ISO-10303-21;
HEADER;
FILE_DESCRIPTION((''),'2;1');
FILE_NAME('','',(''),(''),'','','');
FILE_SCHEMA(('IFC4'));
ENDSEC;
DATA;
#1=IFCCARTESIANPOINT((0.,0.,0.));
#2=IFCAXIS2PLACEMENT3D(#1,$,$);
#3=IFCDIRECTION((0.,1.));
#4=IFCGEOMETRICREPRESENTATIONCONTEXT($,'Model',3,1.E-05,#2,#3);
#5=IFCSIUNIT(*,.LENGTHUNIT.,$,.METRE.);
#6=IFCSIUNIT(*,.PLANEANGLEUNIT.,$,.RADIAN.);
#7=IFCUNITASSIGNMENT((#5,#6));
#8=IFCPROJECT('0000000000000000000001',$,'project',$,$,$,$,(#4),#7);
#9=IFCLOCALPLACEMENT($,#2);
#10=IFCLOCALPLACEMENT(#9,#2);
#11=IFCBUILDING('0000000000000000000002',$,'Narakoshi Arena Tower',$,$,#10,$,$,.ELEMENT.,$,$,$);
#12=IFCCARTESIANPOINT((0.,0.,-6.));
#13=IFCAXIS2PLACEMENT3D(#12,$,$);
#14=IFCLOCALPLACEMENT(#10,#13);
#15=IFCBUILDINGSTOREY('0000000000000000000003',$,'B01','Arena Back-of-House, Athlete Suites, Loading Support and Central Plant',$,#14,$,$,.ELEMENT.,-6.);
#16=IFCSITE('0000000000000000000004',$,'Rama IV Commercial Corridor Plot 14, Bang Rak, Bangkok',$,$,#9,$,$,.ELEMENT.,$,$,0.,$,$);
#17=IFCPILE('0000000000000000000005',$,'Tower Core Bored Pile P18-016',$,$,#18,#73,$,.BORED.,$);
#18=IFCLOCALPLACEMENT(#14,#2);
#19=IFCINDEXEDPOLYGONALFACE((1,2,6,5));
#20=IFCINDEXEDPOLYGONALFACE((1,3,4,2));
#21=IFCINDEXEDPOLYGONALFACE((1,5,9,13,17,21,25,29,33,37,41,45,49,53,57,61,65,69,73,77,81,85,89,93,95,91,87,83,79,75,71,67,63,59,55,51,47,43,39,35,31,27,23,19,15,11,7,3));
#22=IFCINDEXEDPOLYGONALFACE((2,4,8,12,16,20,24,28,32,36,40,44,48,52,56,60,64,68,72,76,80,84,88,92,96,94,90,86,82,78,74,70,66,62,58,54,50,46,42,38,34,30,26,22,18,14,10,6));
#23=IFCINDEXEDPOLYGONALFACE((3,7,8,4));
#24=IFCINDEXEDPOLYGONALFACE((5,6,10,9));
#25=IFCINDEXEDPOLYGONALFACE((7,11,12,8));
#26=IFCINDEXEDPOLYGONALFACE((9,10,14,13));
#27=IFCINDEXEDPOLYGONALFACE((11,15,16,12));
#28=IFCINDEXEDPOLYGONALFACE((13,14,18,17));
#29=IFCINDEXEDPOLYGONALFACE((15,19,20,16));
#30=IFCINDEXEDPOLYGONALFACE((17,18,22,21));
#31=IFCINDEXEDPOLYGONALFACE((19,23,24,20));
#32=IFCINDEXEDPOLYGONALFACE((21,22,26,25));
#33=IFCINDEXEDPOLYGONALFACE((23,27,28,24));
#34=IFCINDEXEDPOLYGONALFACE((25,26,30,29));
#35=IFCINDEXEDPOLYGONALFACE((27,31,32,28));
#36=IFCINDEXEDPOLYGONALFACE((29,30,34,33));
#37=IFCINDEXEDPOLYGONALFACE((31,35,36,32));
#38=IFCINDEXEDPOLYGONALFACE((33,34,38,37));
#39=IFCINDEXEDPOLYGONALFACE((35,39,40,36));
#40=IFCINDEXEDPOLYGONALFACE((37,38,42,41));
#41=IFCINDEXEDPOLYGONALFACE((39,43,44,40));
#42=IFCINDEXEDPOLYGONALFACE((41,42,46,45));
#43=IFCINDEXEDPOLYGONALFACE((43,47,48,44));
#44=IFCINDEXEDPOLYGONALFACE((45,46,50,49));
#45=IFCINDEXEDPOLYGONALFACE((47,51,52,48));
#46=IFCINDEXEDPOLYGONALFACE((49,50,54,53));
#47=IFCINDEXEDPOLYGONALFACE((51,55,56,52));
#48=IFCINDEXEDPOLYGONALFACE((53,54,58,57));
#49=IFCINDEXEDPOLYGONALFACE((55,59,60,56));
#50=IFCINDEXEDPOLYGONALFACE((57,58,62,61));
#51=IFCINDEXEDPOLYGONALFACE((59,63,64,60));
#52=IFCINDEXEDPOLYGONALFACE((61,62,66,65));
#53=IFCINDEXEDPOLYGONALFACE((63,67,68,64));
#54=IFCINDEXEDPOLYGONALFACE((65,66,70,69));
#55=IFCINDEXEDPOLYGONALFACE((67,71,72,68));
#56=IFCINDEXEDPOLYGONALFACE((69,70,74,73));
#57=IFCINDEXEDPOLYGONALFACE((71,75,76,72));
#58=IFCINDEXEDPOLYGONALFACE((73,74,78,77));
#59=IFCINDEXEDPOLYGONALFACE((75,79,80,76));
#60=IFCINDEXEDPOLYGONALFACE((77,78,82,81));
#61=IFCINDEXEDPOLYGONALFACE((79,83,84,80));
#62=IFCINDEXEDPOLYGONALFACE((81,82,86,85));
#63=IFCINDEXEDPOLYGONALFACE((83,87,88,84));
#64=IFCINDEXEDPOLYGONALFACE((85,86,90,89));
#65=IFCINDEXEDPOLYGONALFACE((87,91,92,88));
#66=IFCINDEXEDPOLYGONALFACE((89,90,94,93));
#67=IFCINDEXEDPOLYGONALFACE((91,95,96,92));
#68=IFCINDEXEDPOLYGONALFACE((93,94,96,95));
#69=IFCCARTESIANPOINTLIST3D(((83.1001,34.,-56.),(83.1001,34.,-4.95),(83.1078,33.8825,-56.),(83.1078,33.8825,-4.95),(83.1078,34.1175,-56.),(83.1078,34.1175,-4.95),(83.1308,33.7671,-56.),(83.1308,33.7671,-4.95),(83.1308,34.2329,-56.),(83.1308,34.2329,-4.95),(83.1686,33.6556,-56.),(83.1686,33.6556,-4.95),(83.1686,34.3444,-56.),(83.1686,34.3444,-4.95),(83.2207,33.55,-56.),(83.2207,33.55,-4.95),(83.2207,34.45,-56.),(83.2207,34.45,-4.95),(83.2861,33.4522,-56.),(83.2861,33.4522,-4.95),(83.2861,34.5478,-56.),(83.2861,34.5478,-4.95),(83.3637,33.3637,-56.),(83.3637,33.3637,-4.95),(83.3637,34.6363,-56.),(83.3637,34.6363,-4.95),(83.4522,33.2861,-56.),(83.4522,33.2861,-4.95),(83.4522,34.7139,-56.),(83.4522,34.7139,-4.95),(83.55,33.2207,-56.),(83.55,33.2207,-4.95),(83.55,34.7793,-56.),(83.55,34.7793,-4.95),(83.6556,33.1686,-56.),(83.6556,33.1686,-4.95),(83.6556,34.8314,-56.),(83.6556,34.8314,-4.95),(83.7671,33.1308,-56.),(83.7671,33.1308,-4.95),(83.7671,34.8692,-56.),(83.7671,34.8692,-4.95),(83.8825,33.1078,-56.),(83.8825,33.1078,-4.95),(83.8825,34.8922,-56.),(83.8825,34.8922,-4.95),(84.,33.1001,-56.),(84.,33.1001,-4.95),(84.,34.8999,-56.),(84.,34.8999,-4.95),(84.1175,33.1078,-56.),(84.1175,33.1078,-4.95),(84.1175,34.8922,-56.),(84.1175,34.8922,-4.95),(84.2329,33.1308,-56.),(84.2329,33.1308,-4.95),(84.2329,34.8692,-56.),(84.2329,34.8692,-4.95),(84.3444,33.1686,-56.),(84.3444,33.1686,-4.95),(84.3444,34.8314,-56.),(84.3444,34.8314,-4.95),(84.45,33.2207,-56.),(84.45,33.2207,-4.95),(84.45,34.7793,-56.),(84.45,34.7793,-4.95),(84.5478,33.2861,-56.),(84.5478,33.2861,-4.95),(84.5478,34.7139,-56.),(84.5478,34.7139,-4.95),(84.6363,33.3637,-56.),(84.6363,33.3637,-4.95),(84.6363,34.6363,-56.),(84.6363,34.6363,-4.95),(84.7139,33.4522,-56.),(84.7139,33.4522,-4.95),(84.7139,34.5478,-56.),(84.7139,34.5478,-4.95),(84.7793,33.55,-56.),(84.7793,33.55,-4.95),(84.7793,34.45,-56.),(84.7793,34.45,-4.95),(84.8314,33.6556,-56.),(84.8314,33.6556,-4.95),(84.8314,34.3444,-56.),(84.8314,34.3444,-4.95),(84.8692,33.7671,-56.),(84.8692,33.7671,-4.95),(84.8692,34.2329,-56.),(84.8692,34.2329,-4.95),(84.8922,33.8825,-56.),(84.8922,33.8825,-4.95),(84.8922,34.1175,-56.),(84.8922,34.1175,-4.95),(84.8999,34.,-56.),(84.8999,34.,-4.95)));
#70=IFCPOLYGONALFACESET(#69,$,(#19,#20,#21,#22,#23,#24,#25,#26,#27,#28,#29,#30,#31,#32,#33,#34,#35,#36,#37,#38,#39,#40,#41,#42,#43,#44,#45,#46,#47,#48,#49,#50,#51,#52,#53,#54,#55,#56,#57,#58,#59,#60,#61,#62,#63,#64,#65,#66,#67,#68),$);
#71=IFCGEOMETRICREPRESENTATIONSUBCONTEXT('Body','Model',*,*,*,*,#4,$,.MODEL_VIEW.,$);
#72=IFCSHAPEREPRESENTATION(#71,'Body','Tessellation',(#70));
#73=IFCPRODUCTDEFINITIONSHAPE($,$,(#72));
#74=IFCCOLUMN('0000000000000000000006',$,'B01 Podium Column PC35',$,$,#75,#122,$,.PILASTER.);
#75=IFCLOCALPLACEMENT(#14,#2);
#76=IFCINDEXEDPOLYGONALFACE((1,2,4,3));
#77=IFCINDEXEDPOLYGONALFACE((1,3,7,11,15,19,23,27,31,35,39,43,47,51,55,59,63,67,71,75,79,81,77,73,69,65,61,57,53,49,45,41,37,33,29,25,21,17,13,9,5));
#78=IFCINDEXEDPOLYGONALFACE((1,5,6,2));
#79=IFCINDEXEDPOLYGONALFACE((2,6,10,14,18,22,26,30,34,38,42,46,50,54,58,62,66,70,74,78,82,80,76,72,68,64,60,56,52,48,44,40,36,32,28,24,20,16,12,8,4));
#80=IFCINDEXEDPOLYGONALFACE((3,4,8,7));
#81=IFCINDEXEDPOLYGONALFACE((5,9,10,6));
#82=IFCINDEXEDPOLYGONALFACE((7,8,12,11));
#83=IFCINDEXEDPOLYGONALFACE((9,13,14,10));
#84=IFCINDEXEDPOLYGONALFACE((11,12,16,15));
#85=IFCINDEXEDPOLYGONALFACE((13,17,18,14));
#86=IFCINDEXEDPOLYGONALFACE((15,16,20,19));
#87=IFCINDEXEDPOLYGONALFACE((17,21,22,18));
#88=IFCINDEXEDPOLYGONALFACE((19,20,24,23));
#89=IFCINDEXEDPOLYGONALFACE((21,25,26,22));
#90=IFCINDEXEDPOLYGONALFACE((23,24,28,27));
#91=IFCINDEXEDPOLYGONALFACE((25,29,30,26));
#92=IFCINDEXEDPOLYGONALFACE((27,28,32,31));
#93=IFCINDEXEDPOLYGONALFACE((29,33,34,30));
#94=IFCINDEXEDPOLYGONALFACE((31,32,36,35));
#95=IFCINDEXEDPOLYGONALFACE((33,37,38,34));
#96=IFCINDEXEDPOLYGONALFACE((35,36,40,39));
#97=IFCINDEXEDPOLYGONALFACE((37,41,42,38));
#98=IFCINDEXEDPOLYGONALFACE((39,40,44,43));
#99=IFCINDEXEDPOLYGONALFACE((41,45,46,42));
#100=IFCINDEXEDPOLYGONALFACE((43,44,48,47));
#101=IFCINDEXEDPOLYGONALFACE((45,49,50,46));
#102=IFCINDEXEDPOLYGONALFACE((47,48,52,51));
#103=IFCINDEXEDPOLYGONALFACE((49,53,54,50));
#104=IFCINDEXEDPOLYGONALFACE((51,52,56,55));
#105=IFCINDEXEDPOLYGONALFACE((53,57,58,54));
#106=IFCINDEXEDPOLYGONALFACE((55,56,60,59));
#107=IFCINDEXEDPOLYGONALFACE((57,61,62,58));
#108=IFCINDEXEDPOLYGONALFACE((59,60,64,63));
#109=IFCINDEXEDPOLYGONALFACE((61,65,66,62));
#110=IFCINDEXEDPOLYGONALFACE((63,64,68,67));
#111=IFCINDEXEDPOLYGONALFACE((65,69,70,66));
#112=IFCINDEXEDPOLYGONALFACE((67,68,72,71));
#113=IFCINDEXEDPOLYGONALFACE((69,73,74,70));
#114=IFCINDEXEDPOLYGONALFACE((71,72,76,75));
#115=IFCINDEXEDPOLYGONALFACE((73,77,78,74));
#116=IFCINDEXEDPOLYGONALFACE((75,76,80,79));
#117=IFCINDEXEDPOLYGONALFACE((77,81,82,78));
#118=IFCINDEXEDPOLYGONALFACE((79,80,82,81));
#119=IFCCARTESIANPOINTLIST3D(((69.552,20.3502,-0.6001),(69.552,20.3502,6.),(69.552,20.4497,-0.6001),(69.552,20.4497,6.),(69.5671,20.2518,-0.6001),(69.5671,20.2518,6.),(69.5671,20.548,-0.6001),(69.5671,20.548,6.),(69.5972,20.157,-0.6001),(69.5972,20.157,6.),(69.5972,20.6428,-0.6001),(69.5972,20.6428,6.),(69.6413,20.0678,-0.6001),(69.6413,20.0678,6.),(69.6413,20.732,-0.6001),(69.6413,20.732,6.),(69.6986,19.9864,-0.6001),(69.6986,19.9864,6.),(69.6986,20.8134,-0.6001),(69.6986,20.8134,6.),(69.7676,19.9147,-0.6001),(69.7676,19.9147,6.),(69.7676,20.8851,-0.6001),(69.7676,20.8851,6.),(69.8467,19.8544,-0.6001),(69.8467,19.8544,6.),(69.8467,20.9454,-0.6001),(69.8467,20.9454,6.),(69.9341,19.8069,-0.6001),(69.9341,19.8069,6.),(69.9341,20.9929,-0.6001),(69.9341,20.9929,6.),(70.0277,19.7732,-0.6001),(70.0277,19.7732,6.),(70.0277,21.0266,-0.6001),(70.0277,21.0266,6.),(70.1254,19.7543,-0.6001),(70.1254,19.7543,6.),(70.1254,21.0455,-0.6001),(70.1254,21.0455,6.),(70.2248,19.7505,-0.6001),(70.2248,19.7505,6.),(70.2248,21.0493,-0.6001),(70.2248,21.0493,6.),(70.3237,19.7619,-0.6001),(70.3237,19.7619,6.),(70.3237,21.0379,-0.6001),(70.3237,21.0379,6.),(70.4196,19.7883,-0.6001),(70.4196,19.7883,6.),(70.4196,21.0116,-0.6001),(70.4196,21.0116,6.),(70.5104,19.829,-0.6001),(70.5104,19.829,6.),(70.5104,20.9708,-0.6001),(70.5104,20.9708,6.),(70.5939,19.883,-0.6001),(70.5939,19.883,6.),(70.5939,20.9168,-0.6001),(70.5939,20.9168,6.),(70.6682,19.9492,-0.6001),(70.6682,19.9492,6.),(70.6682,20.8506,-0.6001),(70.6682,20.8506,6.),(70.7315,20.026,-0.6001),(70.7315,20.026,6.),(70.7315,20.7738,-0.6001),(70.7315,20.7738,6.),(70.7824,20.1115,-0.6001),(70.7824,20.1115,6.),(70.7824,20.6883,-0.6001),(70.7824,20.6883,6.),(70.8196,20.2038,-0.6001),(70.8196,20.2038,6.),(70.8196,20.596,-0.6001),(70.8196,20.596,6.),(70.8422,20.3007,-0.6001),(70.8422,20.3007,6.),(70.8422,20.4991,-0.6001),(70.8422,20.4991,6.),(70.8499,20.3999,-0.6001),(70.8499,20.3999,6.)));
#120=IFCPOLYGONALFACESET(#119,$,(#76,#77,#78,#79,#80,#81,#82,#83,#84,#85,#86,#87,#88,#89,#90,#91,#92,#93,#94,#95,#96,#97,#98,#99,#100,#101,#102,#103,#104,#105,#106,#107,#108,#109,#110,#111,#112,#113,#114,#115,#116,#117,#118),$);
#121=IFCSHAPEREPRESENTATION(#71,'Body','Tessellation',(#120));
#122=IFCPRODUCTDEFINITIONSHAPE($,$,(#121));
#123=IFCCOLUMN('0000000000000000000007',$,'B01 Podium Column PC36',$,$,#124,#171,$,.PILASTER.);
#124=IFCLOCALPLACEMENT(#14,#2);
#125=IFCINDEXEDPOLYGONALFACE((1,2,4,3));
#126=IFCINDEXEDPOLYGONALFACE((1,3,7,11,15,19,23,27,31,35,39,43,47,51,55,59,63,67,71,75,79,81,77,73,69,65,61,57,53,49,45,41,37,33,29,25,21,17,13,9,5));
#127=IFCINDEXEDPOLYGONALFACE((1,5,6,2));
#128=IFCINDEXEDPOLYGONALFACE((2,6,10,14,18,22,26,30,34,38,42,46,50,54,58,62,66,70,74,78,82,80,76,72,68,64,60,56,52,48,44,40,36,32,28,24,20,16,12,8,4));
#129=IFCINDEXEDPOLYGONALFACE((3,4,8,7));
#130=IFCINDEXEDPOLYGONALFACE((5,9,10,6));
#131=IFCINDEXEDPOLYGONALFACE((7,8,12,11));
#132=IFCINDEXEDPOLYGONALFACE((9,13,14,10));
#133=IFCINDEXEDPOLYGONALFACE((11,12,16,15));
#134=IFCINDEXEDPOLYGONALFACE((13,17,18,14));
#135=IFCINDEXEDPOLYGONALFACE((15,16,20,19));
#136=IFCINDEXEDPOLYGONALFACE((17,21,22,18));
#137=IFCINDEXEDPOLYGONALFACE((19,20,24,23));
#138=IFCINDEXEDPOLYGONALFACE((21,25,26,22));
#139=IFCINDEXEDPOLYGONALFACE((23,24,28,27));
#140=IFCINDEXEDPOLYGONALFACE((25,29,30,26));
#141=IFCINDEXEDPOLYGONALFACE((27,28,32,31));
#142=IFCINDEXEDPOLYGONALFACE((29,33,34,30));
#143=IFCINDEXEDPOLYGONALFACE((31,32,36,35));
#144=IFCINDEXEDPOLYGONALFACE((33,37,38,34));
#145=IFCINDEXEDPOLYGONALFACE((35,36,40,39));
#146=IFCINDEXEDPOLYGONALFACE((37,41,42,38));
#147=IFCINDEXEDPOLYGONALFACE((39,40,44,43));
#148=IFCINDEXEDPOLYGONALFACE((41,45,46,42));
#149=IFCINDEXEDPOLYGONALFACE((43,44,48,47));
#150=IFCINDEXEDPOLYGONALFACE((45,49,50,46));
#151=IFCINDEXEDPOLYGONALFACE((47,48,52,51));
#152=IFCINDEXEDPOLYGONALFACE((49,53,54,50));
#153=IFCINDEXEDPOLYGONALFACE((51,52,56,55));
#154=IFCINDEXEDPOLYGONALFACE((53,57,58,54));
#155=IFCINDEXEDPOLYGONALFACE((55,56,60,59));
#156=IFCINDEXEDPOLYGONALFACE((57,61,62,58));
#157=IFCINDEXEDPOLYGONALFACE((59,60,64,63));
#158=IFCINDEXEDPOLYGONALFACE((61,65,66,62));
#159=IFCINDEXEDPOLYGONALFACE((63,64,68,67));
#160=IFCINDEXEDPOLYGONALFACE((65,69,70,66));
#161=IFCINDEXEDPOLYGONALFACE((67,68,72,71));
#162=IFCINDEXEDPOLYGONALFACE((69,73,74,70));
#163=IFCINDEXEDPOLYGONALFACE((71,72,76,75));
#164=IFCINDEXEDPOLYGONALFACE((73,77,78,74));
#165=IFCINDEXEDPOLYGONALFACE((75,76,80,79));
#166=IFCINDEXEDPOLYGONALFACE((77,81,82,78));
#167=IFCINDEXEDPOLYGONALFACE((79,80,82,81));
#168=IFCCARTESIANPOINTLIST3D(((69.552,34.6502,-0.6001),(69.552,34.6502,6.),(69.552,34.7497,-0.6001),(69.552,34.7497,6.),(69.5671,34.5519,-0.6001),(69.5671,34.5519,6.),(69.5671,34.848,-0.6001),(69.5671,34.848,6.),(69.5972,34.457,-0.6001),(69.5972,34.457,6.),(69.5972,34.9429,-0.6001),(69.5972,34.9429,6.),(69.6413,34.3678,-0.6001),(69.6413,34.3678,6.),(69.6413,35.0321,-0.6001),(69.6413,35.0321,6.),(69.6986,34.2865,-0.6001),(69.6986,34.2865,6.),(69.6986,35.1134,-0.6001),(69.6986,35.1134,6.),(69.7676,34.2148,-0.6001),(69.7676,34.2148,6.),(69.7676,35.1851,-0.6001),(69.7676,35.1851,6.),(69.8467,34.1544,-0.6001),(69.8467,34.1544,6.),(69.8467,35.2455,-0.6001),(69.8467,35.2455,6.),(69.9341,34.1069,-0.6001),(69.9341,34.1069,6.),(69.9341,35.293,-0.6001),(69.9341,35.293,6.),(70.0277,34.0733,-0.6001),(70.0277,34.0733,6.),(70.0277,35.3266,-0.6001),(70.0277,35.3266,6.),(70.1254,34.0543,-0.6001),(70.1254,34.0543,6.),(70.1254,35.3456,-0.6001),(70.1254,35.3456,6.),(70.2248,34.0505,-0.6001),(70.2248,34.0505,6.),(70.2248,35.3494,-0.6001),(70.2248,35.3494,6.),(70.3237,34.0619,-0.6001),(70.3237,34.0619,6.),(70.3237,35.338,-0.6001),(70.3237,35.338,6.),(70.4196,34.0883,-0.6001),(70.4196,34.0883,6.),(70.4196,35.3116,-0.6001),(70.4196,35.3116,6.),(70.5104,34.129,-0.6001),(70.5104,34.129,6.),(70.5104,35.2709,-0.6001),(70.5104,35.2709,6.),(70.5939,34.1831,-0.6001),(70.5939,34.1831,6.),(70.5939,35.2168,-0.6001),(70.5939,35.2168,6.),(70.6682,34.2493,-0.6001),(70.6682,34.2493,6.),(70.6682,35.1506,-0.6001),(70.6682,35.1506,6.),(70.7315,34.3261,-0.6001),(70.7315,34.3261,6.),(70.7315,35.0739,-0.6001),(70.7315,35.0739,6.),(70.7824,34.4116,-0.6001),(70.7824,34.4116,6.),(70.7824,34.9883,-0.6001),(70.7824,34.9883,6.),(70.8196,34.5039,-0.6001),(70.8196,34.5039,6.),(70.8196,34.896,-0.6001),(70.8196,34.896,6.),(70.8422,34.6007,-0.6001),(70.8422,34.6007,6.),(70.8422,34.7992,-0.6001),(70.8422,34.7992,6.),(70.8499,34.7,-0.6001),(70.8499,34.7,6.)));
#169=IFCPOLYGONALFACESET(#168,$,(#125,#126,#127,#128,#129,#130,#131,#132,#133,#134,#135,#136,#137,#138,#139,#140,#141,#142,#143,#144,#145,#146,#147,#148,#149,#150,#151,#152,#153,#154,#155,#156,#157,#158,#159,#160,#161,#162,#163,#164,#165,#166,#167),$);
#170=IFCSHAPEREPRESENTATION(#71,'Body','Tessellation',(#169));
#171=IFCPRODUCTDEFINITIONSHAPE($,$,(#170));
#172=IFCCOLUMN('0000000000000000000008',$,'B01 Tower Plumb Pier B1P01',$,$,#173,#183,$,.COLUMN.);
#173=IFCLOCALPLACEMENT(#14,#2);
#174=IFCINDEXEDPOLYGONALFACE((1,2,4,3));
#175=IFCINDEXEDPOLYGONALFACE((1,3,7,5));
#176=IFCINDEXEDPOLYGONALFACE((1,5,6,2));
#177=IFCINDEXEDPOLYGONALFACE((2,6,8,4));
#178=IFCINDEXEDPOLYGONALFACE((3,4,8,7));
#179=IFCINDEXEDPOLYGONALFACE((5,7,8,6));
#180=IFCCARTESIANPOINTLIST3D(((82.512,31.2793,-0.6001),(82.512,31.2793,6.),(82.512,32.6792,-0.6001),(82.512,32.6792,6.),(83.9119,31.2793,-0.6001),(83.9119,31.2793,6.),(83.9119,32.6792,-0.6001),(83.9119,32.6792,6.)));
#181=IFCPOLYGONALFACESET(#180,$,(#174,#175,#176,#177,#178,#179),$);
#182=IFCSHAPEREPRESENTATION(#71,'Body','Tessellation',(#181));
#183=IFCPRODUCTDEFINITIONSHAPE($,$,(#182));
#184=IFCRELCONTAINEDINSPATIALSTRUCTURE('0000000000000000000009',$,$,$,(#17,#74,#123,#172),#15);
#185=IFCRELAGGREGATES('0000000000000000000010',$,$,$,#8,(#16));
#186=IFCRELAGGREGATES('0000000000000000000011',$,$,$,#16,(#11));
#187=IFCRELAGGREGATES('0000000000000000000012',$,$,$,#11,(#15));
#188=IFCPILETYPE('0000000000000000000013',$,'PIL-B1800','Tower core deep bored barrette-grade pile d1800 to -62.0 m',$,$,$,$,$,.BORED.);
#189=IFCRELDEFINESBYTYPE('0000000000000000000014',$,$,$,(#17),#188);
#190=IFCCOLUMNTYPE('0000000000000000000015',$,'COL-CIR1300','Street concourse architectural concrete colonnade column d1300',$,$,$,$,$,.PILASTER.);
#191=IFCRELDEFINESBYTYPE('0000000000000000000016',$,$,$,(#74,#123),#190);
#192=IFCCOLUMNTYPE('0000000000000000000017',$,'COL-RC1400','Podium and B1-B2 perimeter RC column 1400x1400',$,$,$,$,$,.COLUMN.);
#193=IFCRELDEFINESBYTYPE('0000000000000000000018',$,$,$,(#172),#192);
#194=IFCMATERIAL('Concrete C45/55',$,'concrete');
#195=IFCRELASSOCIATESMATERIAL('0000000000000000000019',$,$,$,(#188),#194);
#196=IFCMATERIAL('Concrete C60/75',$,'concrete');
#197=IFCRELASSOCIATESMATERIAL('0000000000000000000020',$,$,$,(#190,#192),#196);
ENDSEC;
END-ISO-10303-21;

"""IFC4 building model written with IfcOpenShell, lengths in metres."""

from ifc_helpers import new_model, si_unit, direction, frame, origin, origin_2d, place, context, subcontext, project, spatial, rectangle, circle, extrude, material, material_profile, profile_set, type_object, element, save


model = new_model("IFC4")

# Units and contexts
model_context = context("Model", 3, precision=1e-05, world=origin(), true_north=direction((0.0, 1.0)))
body_context = subcontext(model_context, "Body", "Model", "MODEL_VIEW")
ifc_project = project(units=[si_unit("LENGTHUNIT", "METRE"), si_unit("PLANEANGLEUNIT", "RADIAN")], contexts=[model_context])

# Site, building, storey
site_placement = place(None, origin())
site = spatial("IfcSite", under=ifc_project, at=site_placement, Name="Rama IV Commercial Corridor Plot 14, Bang Rak, Bangkok", CompositionType="ELEMENT", RefElevation=0.0)
building_placement = place(site_placement, origin())
building = spatial("IfcBuilding", under=site, at=building_placement, Name="Narakoshi Arena Tower", CompositionType="ELEMENT")
storey_placement = place(building_placement, frame((0.0, 0.0, -6.0)))
storey = spatial("IfcBuildingStorey", under=building, at=storey_placement, Name="B01", Description="Arena Back-of-House, Athlete Suites, Loading Support and Central Plant", CompositionType="ELEMENT", Elevation=-6.0)

# Pile
ifc_material_1 = material(Name="Concrete C45/55", Category="concrete")
ifc_material_profile_1 = material_profile(ifc_material_1, circle(Radius=0.8999, at=origin_2d()), Name="PILE-D1800")
ifc_profile_set_1 = profile_set([ifc_material_profile_1], Name="Concrete C45/55")
pile_type = type_object("IfcPileType", Name="PIL-B1800", Description="Tower core deep bored barrette-grade pile d1800 to -62.0 m", PredefinedType="BORED", material=ifc_profile_set_1)
for number, where, z_axis, x_axis, name in (
    (1, (84.0, 34.0, -4.95), (0.0, 0.0, -1.0), (1.0, 0.0, 0.0), "Tower Core Bored Pile P18-016"),
):
    element("IfcPile", number, at=place(storey_placement, frame(where, z_axis=z_axis, x_axis=x_axis)), inside=storey, type_object=pile_type, Name=name, PredefinedType="BORED", context=body_context, shape_type="SweptSolid", body=[
        extrude(circle(Radius=0.8999, at=origin_2d()), origin(), (0.0, 0.0, 1.0), 51.05),
    ])

# Columns
ifc_material_2 = material(Name="Concrete C60/75", Category="concrete")
ifc_material_profile_2 = material_profile(ifc_material_2, circle(Radius=0.6499, at=origin_2d()), Name="RCC1300")
ifc_profile_set_2 = profile_set([ifc_material_profile_2], Name="Concrete C60/75")
column_type_1 = type_object("IfcColumnType", Name="COL-CIR1300", Description="Street concourse architectural concrete colonnade column d1300", PredefinedType="PILASTER", material=ifc_profile_set_2)
for number, where, z_axis, x_axis, name in (
    (2, (70.2, 20.3999, -0.6001), (0.0, 0.0, 1.0), (1.0, 0.0, 0.0), "B01 Podium Column PC35"),
    (3, (70.2, 34.7, -0.6001), (0.0, 0.0, 1.0), (1.0, 0.0, 0.0), "B01 Podium Column PC36"),
):
    element("IfcColumn", number, at=place(storey_placement, frame(where, z_axis=z_axis, x_axis=x_axis)), inside=storey, type_object=column_type_1, Name=name, PredefinedType="PILASTER", context=body_context, shape_type="SweptSolid", body=[
        extrude(circle(Radius=0.6499, at=origin_2d()), origin(), (0.0, 0.0, 1.0), 6.6001),
    ])
ifc_material_profile_3 = material_profile(ifc_material_2, rectangle(XDim=1.3999, YDim=1.3999, at=origin_2d()), Name="RC1400x1400")
ifc_profile_set_3 = profile_set([ifc_material_profile_3], Name="Concrete C60/75")
column_type_2 = type_object("IfcColumnType", Name="COL-RC1400", Description="Podium and B1-B2 perimeter RC column 1400x1400", PredefinedType="COLUMN", material=ifc_profile_set_3)
column_placement = place(storey_placement, frame((83.2119, 31.9792, -0.6001), z_axis=(0.0, 0.0, 1.0), x_axis=(1.0, 0.0, 0.0)))
element("IfcColumn", 4, at=column_placement, inside=storey, type_object=column_type_2, Name="B01 Tower Plumb Pier B1P01", PredefinedType="COLUMN", context=body_context, shape_type="SweptSolid", body=[
    extrude(rectangle(XDim=1.3999, YDim=1.3999, at=origin_2d()), origin(), (0.0, 0.0, 1.0), 6.6001),
])

save(model, "model.ifc")
